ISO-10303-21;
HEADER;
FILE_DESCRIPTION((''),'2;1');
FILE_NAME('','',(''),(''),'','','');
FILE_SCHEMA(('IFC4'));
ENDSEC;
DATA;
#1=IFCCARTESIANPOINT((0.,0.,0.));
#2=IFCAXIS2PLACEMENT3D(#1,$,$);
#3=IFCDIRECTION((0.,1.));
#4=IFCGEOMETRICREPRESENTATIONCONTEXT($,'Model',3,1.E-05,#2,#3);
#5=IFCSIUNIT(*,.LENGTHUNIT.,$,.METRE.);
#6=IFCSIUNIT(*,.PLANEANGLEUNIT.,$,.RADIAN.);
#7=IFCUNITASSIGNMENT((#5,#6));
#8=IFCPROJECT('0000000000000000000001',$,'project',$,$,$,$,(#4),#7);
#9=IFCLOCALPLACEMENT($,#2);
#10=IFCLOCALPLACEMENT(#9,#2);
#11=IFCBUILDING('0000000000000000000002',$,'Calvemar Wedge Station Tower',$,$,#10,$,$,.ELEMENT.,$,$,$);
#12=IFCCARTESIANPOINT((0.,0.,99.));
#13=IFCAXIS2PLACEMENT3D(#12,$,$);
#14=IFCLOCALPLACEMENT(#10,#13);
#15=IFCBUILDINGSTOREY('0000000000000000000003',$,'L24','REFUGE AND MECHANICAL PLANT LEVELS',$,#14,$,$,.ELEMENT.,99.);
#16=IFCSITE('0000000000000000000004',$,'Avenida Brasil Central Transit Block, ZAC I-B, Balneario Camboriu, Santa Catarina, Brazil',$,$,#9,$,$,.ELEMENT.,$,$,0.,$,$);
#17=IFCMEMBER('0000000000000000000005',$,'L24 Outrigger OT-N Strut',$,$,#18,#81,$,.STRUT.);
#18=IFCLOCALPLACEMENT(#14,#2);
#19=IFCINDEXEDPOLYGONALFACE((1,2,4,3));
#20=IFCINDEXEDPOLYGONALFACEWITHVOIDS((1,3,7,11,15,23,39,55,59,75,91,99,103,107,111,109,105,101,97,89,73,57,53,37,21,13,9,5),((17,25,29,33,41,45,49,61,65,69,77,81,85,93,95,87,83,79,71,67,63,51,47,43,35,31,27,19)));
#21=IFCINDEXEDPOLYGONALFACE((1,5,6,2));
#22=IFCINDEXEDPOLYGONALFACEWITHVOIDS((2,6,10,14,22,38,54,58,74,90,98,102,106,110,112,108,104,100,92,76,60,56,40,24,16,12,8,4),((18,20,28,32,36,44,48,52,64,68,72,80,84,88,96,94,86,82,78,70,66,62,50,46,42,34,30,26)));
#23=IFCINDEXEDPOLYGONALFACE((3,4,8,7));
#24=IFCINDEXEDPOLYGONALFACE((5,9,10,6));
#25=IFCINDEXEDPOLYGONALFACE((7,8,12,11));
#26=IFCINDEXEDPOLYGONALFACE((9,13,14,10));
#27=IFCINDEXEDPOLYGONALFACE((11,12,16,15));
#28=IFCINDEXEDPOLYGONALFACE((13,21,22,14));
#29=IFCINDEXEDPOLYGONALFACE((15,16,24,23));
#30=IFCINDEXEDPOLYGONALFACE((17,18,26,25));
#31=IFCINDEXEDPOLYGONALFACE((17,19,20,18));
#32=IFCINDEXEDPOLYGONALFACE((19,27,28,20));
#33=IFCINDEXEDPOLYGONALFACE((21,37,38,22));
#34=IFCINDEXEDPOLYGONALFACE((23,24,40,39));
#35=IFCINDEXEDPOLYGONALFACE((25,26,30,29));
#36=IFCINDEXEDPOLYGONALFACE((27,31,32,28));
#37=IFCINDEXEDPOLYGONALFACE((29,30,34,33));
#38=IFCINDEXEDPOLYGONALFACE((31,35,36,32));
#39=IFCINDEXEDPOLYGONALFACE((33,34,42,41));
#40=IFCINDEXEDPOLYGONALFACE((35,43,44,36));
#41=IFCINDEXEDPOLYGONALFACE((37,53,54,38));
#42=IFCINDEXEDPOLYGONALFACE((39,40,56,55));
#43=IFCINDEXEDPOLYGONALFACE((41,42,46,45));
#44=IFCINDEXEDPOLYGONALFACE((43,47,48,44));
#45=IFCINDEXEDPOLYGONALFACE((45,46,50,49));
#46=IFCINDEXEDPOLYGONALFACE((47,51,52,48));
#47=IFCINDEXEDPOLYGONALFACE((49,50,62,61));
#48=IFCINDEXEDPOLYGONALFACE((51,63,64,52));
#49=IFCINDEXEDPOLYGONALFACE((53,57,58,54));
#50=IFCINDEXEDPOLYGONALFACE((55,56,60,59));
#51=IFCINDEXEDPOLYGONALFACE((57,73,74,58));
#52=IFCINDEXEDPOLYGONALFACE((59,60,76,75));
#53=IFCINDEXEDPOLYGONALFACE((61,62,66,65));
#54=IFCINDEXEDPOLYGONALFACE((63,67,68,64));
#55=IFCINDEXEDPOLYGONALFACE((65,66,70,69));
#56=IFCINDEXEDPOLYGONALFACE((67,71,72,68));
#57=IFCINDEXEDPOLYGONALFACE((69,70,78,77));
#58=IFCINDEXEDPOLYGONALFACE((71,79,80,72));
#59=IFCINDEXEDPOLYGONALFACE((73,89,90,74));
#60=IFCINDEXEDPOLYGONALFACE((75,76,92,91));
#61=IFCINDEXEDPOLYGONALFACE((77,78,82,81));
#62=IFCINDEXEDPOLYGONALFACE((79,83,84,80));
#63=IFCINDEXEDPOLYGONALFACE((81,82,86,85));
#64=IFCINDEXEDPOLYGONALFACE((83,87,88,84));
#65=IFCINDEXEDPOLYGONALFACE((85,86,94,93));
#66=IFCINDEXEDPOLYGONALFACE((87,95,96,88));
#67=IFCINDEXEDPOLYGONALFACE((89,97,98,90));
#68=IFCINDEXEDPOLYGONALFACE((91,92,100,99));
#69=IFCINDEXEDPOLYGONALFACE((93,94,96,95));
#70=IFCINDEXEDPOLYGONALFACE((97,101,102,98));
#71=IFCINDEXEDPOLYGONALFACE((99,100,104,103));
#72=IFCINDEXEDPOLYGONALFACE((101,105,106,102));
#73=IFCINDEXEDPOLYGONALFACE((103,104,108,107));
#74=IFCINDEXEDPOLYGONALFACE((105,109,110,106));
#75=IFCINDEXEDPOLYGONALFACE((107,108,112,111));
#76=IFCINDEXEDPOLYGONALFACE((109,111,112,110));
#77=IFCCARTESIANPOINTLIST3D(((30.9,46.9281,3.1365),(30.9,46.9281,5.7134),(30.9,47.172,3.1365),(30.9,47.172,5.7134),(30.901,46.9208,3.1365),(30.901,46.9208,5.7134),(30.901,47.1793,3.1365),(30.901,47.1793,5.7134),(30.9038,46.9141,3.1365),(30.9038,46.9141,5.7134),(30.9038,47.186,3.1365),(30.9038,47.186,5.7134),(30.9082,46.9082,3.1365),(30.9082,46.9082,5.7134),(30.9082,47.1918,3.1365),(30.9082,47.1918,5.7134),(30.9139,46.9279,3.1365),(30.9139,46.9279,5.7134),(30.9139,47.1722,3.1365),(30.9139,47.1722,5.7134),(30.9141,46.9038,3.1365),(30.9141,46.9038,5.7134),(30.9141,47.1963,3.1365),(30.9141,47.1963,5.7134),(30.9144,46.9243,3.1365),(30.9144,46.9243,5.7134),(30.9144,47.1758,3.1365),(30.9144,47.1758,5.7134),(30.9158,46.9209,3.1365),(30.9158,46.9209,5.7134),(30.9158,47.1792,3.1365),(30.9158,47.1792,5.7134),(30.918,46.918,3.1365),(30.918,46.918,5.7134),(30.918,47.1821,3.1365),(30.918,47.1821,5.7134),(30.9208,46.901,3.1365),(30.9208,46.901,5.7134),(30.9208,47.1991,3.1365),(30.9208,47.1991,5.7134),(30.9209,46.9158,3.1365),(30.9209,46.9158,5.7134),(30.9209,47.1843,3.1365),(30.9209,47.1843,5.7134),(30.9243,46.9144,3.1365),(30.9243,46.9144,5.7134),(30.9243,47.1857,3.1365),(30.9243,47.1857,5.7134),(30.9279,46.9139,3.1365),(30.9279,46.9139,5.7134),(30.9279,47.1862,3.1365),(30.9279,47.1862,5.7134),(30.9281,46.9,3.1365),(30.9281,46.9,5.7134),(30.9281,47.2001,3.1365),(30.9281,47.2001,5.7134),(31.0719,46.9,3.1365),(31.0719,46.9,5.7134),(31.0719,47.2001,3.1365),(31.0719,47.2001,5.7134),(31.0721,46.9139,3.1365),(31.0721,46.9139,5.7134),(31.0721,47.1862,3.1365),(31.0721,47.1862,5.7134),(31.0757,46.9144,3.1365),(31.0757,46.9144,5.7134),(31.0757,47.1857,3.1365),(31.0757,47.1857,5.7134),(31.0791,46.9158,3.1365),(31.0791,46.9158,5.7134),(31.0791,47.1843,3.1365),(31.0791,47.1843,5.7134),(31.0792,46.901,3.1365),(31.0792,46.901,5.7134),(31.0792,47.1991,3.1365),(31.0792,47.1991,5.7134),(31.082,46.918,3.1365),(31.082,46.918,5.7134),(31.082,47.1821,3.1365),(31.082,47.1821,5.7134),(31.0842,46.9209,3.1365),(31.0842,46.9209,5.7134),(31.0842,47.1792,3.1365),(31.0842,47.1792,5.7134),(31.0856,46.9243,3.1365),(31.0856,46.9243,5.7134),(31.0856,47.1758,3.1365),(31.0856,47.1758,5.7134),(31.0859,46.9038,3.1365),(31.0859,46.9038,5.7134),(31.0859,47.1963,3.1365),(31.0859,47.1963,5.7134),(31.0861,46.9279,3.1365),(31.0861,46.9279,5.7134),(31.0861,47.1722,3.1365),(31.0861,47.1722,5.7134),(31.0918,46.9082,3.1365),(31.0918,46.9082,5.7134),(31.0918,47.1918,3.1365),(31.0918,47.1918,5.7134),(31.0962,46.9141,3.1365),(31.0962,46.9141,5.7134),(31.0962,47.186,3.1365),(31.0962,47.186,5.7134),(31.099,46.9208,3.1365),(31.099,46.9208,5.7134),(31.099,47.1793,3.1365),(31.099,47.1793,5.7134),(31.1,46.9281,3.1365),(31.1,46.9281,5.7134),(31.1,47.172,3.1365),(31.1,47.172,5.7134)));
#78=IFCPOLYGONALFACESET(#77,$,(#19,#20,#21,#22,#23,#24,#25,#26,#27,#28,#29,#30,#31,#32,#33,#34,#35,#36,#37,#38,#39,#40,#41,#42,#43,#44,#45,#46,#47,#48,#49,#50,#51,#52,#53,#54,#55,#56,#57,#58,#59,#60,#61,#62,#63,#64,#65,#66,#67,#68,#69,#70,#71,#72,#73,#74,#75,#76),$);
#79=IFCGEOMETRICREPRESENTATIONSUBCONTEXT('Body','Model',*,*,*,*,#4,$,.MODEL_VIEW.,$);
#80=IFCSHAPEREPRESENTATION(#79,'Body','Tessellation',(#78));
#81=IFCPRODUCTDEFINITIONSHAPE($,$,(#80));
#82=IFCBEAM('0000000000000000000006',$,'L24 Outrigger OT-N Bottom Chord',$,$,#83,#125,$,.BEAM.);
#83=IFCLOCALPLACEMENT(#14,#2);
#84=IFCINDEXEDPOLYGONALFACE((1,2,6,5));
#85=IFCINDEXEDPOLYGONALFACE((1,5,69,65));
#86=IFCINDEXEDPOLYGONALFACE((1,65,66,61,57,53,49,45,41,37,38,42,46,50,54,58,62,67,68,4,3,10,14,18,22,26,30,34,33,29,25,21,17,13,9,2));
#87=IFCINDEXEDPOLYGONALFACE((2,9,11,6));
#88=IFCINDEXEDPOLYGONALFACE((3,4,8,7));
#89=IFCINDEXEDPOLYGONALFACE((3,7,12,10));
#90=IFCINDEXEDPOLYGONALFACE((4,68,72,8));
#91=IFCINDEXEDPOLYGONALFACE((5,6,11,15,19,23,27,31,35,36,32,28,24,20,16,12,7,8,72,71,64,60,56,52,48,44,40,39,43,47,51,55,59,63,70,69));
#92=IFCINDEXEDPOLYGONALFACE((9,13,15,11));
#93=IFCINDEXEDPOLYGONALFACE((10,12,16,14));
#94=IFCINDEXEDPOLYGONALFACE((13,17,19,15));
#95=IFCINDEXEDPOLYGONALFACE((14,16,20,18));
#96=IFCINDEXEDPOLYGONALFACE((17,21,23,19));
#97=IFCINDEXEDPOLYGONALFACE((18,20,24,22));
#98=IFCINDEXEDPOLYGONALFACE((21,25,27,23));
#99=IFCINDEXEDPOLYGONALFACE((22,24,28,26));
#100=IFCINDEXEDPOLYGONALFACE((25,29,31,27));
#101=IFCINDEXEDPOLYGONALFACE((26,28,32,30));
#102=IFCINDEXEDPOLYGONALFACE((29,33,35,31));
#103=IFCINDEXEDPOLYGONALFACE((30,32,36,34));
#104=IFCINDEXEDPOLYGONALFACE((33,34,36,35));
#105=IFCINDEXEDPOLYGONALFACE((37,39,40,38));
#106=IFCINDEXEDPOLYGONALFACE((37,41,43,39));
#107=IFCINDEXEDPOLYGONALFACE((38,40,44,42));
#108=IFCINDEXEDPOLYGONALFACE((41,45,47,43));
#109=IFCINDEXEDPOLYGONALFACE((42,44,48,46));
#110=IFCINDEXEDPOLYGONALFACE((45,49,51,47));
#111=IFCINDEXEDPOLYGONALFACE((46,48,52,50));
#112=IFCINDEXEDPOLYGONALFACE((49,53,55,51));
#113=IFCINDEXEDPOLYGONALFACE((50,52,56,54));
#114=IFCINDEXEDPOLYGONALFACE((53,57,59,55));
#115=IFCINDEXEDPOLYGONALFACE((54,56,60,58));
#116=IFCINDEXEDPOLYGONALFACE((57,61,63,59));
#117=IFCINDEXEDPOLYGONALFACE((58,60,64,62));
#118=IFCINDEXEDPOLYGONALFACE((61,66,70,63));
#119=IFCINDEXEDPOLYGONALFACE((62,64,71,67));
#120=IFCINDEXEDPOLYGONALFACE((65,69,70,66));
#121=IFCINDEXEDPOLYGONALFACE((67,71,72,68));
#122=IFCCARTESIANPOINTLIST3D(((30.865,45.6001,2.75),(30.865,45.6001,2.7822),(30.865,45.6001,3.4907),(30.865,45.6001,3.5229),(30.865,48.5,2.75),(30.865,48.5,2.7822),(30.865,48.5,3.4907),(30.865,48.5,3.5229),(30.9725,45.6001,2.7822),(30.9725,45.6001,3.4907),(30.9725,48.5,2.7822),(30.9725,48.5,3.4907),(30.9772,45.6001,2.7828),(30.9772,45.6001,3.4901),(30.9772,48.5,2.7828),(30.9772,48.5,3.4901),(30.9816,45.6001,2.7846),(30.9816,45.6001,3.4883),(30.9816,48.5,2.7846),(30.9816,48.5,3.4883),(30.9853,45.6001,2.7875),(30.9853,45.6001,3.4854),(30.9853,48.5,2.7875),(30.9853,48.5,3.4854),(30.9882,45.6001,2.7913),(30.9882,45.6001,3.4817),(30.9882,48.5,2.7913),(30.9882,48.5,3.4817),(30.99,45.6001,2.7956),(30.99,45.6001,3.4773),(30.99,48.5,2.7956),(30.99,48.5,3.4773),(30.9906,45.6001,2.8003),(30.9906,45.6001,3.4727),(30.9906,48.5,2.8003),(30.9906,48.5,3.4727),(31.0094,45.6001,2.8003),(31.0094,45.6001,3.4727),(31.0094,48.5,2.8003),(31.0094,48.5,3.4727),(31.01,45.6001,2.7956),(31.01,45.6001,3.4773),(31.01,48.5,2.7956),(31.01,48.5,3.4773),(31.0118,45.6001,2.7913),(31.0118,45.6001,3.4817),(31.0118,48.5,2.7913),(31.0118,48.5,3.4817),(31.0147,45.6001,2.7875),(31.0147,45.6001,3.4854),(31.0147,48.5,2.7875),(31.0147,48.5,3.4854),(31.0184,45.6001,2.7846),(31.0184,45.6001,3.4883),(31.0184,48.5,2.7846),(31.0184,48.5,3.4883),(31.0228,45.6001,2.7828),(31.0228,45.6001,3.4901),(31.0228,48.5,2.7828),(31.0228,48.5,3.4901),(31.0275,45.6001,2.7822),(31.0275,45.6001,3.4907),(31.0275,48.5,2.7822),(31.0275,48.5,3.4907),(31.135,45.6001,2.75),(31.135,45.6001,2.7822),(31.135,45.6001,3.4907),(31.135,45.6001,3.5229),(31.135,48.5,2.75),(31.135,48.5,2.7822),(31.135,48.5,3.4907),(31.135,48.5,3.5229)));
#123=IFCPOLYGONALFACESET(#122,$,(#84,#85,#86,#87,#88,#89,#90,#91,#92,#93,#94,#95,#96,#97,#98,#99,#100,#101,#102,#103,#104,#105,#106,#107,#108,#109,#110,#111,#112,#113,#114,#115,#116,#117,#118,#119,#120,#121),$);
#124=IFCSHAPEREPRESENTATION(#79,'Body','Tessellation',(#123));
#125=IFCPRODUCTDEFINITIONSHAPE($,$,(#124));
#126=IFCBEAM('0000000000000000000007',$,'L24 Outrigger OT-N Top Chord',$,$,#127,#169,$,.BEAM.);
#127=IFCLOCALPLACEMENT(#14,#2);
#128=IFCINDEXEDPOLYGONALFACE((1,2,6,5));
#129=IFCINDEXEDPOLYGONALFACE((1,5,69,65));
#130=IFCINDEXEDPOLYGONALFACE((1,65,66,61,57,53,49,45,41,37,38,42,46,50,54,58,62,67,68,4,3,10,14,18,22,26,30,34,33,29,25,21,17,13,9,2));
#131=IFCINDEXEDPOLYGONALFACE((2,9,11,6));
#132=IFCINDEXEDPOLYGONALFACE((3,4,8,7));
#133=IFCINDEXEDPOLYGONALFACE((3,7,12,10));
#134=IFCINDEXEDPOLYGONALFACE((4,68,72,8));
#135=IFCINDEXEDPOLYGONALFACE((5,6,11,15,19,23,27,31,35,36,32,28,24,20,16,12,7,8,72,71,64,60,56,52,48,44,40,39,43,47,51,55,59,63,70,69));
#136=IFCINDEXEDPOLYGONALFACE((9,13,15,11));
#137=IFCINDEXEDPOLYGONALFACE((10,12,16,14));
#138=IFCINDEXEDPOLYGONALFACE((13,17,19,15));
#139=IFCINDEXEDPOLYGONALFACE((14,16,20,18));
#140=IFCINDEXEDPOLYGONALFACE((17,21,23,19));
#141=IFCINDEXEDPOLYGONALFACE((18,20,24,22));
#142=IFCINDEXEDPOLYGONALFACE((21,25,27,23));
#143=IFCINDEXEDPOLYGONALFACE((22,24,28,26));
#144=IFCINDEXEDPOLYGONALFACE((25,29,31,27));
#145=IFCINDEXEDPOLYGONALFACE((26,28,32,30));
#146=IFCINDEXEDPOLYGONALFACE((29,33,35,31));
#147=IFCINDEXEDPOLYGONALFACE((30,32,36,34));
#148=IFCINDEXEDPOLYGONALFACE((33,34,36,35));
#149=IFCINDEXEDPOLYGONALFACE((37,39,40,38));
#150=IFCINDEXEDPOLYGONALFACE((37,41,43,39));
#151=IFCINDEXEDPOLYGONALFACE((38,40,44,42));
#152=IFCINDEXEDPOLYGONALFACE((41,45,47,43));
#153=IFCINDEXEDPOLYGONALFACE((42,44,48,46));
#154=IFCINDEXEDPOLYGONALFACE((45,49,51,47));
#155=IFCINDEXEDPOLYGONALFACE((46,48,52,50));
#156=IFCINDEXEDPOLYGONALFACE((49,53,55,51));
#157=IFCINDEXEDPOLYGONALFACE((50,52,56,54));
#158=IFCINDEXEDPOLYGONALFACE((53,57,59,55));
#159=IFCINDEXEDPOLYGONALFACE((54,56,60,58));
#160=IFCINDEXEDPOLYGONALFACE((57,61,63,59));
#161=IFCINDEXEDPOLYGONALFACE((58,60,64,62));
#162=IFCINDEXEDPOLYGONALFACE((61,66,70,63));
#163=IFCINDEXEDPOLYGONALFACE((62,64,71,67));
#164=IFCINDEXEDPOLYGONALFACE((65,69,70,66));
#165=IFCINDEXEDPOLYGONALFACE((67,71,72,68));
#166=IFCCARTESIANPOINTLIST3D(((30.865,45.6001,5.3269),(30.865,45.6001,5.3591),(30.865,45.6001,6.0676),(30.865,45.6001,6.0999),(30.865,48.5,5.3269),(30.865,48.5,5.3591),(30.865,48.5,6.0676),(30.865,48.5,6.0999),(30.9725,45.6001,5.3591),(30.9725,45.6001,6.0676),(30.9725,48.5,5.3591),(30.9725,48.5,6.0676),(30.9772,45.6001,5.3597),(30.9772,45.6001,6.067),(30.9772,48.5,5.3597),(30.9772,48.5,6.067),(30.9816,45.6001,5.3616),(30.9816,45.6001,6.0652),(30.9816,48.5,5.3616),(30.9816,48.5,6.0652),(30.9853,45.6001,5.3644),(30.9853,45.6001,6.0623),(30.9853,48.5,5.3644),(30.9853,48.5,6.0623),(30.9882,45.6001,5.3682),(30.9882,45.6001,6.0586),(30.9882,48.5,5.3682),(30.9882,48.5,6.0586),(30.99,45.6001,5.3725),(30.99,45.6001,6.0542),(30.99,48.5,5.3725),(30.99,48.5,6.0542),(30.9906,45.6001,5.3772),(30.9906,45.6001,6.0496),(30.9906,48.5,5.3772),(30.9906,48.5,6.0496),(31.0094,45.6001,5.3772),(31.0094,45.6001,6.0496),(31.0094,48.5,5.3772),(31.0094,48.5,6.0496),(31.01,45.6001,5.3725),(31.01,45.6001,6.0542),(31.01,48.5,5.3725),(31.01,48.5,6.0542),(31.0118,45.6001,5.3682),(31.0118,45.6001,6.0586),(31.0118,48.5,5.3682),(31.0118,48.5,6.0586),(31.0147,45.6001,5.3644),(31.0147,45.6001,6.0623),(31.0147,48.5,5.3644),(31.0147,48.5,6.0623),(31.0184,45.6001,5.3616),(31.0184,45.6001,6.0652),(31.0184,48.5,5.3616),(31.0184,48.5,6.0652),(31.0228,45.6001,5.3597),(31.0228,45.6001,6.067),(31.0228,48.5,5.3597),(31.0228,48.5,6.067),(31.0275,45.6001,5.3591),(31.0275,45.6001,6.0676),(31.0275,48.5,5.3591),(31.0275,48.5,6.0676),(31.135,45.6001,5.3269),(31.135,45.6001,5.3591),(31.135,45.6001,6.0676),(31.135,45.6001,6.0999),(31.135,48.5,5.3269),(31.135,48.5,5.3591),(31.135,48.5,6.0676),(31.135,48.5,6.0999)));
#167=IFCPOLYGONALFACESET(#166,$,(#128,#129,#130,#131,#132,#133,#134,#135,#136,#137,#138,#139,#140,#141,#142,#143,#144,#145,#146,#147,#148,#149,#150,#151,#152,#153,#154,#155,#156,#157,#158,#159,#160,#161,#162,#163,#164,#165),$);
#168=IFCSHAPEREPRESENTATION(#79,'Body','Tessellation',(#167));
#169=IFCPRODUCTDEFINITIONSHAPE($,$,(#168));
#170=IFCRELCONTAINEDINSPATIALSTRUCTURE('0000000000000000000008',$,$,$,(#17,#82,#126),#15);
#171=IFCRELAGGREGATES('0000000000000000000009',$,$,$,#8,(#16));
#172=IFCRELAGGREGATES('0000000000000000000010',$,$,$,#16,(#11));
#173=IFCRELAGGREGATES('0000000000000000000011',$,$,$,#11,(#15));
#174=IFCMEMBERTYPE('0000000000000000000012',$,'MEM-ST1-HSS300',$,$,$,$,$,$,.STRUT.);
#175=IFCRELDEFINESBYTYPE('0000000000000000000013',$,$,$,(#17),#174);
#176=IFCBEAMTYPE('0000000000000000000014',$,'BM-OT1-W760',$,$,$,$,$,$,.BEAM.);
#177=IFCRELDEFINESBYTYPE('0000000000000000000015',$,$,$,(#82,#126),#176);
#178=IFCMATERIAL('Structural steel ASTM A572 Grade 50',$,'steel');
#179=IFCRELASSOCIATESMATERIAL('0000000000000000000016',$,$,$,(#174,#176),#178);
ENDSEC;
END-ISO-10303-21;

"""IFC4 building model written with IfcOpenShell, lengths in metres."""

from ifc_helpers import new_model, si_unit, direction, frame, origin, origin_2d, place, context, subcontext, project, spatial, hollow_rectangle, i_section, extrude, source, transform, mapped, material, material_profile, profile_set, type_object, element, save


model = new_model("IFC4")

# Units and contexts
model_context = context("Model", 3, precision=1e-05, world=origin(), true_north=direction((0.0, 1.0)))
body_context = subcontext(model_context, "Body", "Model", "MODEL_VIEW")
ifc_project = project(units=[si_unit("LENGTHUNIT", "METRE"), si_unit("PLANEANGLEUNIT", "RADIAN")], contexts=[model_context])

# Site, building, storey
site_placement = place(None, origin())
site = spatial("IfcSite", under=ifc_project, at=site_placement, Name="Avenida Brasil Central Transit Block, ZAC I-B, Balneario Camboriu, Santa Catarina, Brazil", CompositionType="ELEMENT", RefElevation=0.0)
building_placement = place(site_placement, origin())
building = spatial("IfcBuilding", under=site, at=building_placement, Name="Calvemar Wedge Station Tower", CompositionType="ELEMENT")
storey_placement = place(building_placement, frame((0.0, 0.0, 99.0)))
storey = spatial("IfcBuildingStorey", under=building, at=storey_placement, Name="L24", Description="REFUGE AND MECHANICAL PLANT LEVELS", CompositionType="ELEMENT", Elevation=99.0)

# Shared definitions
ifc_material_1 = material(Name="Structural steel ASTM A572 Grade 50", Category="steel")

# Member
ifc_material_profile_1 = material_profile(ifc_material_1, hollow_rectangle(XDim=0.2, YDim=0.3, WallThickness=0.0139, InnerFilletRadius=0.0139, OuterFilletRadius=0.0281, at=origin_2d()), Name="HSS300x200x14")
ifc_profile_set_1 = profile_set([ifc_material_profile_1], Name="Structural steel ASTM A572 Grade 50")
member_type_1 = type_object("IfcMemberType", Name="MEM-ST1-HSS300", PredefinedType="STRUT", material=ifc_profile_set_1)
shared_shape_1 = source(origin(), body_context, "Body", "SweptSolid", [
    extrude(hollow_rectangle(XDim=0.2, YDim=0.3, WallThickness=0.0139, InnerFilletRadius=0.0139, OuterFilletRadius=0.0281, at=origin_2d()), origin(), (0.0, 0.0, 1.0), 2.5769),
])
member_placement = place(storey_placement, frame((31.0, 47.05, 3.1365), z_axis=(0.0, 0.0, 1.0), x_axis=(1.0, 0.0, 0.0)))
element("IfcMember", 1, at=member_placement, inside=storey, type_object=member_type_1, Name="L24 Outrigger OT-N Strut", PredefinedType="STRUT", context=body_context, shape_type="MappedRepresentation", body=[
    mapped(shared_shape_1, transform((0.0, 0.0, 0.0), scale=1.0)),
])

# Beams
ifc_material_profile_2 = material_profile(ifc_material_1, i_section(OverallWidth=0.27, OverallDepth=0.7729, WebThickness=0.0188, FlangeThickness=0.0322, FilletRadius=0.0181, at=origin_2d()), Name="W760x257")
ifc_profile_set_2 = profile_set([ifc_material_profile_2], Name="Structural steel ASTM A572 Grade 50")
beam_type_1 = type_object("IfcBeamType", Name="BM-OT1-W760", PredefinedType="BEAM", material=ifc_profile_set_2)
shared_shape_2 = source(origin(), body_context, "Body", "SweptSolid", [
    extrude(i_section(OverallWidth=0.27, OverallDepth=0.7729, WebThickness=0.0188, FlangeThickness=0.0322, FilletRadius=0.0181, at=origin_2d()), origin(), (0.0, 0.0, 1.0), 2.8999),
])
for number, where, z_axis, x_axis, name in (
    (2, (31.0, 45.6001, 3.1365), (0.0, 1.0, 0.0), (-1.0, 0.0, 0.0), "L24 Outrigger OT-N Bottom Chord"),
    (3, (31.0, 45.6001, 5.7134), (0.0, 1.0, 0.0), (-1.0, 0.0, 0.0), "L24 Outrigger OT-N Top Chord"),
):
    element("IfcBeam", number, at=place(storey_placement, frame(where, z_axis=z_axis, x_axis=x_axis)), inside=storey, type_object=beam_type_1, Name=name, PredefinedType="BEAM", context=body_context, shape_type="MappedRepresentation", body=[
        mapped(shared_shape_2, transform((0.0, 0.0, 0.0), scale=1.0)),
    ])

save(model, "model.ifc")
